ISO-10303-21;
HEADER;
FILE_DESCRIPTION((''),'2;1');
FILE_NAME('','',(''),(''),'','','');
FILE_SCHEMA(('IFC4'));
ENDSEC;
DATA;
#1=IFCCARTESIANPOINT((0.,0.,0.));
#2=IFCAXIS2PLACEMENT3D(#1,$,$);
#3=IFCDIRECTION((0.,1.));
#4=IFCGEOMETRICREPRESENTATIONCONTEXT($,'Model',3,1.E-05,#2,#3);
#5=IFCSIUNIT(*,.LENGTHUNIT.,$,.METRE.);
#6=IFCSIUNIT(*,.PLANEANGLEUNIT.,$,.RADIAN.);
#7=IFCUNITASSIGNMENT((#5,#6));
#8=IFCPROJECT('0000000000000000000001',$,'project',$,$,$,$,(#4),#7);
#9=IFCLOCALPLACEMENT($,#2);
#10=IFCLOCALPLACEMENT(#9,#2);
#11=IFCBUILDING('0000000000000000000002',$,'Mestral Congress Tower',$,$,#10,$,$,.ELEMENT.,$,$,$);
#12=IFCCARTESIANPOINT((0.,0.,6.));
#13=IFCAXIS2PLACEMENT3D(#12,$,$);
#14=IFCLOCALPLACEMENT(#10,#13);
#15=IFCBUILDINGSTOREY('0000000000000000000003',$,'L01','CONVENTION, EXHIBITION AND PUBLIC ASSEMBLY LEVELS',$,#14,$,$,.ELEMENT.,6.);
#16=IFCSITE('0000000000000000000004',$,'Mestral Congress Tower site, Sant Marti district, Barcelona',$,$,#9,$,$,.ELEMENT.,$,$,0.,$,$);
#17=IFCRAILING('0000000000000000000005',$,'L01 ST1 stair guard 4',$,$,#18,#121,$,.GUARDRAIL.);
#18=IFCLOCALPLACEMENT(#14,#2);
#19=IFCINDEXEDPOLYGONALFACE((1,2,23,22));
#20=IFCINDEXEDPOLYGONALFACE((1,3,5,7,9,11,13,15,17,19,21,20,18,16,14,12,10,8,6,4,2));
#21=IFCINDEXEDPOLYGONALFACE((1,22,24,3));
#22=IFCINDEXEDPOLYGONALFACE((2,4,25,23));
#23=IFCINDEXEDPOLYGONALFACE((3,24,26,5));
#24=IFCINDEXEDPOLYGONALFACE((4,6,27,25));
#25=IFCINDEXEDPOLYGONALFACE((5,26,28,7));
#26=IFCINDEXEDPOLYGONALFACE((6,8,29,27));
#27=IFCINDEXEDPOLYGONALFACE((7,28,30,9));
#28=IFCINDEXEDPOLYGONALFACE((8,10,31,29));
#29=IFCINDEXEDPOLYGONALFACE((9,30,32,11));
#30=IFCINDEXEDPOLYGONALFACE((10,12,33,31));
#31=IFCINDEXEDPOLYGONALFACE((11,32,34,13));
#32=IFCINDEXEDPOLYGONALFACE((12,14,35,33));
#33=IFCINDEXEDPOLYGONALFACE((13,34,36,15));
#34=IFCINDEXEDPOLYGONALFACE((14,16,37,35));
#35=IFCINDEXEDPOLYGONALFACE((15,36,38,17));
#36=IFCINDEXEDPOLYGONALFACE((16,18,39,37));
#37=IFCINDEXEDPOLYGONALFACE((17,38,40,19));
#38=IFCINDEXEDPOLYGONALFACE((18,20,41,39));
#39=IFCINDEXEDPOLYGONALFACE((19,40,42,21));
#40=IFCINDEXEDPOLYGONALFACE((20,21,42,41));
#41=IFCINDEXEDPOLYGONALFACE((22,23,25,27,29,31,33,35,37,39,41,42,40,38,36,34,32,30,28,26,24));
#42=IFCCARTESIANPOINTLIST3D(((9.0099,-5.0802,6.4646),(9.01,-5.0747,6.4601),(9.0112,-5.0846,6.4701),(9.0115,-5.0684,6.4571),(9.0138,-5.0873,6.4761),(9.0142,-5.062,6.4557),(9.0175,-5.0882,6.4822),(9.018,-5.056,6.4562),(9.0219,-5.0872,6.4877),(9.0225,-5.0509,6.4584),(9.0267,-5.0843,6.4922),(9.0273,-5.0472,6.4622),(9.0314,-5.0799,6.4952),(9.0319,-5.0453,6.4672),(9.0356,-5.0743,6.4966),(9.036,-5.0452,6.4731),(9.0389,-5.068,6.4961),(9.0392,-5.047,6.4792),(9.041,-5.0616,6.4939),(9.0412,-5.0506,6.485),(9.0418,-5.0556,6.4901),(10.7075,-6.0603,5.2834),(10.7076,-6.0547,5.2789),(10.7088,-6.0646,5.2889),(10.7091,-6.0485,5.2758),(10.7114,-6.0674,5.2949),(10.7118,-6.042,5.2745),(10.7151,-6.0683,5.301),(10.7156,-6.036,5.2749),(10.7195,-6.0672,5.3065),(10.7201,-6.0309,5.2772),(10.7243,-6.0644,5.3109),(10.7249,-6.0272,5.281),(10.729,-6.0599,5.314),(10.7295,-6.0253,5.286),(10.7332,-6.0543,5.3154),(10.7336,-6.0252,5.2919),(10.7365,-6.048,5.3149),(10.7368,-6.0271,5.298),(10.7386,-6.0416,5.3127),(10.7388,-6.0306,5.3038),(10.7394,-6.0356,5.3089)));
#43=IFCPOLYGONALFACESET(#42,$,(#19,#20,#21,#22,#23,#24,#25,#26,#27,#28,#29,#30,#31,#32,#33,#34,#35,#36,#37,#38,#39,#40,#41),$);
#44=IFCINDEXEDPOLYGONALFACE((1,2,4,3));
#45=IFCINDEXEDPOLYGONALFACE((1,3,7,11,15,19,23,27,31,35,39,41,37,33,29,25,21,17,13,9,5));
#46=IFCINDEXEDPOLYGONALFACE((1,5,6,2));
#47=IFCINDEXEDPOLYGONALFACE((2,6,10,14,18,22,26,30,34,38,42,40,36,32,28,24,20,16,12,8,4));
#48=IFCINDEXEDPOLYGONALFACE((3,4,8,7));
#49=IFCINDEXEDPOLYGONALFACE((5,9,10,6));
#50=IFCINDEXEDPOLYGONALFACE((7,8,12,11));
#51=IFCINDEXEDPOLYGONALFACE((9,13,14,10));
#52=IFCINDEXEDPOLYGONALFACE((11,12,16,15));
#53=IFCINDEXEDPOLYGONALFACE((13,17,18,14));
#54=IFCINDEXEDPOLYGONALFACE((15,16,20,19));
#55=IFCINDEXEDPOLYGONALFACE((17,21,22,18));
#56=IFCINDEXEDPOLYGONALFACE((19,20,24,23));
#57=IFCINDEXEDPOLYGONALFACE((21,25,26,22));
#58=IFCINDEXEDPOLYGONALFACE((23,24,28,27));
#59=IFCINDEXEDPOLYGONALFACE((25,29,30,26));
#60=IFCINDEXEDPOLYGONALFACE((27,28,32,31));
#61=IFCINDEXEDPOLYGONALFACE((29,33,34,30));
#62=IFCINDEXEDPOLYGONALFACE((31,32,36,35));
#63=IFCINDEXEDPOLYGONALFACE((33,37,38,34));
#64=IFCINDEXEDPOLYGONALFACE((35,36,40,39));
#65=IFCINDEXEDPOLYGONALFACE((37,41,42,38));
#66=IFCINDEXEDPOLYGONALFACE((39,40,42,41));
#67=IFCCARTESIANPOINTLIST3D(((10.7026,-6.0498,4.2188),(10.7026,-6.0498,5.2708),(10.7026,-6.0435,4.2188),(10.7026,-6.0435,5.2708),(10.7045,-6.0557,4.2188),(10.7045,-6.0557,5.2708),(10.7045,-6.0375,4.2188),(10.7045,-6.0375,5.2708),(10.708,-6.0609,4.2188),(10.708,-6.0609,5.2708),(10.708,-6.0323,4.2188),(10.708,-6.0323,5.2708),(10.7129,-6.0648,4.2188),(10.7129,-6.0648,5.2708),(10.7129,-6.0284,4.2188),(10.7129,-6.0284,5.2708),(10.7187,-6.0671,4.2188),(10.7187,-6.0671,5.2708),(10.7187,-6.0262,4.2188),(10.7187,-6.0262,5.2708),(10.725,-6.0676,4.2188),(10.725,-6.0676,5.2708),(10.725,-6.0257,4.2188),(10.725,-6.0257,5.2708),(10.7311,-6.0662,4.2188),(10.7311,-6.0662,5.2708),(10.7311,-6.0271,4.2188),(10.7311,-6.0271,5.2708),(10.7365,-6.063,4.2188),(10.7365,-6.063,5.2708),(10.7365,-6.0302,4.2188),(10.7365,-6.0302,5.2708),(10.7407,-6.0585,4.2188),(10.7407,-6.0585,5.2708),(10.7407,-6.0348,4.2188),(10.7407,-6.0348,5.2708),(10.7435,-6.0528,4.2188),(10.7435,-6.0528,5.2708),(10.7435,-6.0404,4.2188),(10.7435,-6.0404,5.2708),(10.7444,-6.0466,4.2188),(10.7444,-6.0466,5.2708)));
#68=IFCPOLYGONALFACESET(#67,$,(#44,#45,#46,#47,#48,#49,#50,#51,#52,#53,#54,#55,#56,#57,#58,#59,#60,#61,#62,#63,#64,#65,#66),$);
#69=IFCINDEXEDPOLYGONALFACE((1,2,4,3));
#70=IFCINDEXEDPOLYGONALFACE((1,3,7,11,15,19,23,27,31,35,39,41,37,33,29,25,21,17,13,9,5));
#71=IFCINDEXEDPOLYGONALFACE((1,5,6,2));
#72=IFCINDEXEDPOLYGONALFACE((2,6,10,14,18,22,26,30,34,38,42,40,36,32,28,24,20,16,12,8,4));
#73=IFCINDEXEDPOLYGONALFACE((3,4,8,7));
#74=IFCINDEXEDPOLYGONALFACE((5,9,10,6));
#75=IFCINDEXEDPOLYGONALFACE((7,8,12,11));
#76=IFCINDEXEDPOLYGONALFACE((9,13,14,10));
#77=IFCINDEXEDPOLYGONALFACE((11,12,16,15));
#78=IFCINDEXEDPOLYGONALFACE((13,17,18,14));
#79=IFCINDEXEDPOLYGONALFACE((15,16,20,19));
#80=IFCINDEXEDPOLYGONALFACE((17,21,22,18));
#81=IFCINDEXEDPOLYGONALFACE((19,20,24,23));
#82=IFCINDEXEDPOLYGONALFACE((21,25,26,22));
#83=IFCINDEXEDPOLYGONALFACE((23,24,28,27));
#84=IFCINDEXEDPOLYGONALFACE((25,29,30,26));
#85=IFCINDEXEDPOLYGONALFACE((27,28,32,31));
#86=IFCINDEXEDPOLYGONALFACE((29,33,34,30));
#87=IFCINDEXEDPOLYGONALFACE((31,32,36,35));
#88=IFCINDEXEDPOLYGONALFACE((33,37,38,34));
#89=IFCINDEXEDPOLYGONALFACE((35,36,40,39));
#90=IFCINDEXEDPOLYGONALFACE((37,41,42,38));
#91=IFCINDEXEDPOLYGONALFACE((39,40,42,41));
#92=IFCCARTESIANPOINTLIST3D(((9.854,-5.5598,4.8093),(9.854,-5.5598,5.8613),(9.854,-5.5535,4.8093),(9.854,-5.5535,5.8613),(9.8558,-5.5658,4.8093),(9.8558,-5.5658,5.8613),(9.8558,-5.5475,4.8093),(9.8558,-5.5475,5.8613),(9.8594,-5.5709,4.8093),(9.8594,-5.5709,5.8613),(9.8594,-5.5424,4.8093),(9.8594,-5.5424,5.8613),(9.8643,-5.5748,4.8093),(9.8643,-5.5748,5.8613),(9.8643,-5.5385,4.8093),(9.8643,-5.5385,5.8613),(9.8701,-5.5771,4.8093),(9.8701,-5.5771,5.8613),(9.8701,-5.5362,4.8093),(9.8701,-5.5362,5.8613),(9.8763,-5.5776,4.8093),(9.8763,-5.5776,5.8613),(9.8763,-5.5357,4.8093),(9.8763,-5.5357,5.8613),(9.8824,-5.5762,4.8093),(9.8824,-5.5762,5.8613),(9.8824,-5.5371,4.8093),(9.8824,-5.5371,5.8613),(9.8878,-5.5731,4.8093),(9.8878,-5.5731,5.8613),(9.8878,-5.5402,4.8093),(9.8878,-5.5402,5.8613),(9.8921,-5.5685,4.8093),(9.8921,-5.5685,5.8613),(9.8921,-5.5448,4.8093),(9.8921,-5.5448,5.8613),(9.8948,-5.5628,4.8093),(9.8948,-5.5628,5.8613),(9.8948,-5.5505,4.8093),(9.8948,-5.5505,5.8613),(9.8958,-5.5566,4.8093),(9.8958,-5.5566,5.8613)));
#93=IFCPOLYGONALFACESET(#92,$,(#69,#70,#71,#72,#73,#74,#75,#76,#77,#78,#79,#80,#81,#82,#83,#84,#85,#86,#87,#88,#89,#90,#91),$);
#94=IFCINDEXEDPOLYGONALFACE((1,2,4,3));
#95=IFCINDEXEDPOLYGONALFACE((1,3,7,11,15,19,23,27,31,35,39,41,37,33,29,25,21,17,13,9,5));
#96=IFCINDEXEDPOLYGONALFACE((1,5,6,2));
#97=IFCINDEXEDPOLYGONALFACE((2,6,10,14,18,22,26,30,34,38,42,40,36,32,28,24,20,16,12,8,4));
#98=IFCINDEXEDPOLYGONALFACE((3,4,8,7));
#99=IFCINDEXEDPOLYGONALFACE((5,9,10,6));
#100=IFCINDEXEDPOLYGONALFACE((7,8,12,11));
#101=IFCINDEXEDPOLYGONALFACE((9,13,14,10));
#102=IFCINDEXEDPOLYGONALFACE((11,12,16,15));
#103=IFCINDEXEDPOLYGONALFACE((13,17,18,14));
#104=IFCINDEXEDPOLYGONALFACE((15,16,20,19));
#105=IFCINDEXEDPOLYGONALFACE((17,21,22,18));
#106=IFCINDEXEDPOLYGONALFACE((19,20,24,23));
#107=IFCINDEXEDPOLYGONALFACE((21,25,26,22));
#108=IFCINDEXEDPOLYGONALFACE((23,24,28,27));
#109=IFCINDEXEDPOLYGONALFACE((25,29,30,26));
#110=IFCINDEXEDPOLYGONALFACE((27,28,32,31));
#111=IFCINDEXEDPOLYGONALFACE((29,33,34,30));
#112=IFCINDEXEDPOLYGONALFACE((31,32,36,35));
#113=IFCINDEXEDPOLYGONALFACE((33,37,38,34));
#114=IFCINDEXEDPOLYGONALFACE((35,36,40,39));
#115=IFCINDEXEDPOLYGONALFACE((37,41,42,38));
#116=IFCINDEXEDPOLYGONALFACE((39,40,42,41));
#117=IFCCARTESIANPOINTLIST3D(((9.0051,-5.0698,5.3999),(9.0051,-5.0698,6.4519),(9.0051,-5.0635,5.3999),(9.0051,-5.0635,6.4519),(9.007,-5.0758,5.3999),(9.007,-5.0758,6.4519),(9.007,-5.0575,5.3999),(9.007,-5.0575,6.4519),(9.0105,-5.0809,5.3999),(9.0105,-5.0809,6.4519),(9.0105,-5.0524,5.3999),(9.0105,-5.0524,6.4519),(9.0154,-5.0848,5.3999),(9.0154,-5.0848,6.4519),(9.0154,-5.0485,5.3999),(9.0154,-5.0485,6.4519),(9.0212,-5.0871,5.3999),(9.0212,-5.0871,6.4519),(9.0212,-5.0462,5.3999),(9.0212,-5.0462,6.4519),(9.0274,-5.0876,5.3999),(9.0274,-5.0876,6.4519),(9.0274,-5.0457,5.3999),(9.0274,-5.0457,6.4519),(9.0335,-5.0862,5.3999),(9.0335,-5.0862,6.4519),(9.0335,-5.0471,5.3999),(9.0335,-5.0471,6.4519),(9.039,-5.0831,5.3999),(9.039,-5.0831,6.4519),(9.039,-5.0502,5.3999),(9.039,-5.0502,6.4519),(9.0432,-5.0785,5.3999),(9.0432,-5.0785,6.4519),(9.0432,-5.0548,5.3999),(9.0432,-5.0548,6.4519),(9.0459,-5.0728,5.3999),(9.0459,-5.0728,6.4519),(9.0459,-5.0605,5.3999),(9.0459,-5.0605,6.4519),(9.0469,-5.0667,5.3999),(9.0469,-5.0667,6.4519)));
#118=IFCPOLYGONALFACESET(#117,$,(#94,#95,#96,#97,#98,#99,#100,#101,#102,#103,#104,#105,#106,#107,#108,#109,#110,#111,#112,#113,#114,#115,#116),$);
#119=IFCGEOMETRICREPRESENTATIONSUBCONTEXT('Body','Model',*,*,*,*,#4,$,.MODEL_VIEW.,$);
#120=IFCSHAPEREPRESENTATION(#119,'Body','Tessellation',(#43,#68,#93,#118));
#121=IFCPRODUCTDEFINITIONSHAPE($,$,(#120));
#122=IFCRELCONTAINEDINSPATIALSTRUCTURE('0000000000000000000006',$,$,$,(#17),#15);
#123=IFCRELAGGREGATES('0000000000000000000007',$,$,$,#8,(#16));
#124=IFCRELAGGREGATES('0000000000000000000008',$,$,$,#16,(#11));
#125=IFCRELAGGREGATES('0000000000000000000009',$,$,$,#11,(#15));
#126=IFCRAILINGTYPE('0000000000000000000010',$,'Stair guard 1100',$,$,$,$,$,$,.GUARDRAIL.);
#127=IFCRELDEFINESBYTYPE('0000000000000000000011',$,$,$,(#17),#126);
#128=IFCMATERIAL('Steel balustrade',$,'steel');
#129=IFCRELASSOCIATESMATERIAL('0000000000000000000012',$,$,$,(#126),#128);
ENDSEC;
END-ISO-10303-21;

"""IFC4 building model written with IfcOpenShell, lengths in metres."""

from ifc_helpers import new_model, si_unit, direction, frame, origin, origin_2d, place, context, subcontext, project, spatial, circle, extrude, material, type_object, element, save


model = new_model("IFC4")

# Units and contexts
model_context = context("Model", 3, precision=1e-05, world=origin(), true_north=direction((0.0, 1.0)))
body_context = subcontext(model_context, "Body", "Model", "MODEL_VIEW")
ifc_project = project(units=[si_unit("LENGTHUNIT", "METRE"), si_unit("PLANEANGLEUNIT", "RADIAN")], contexts=[model_context])

# Site, building, storey
site_placement = place(None, origin())
site = spatial("IfcSite", under=ifc_project, at=site_placement, Name="Mestral Congress Tower site, Sant Marti district, Barcelona", CompositionType="ELEMENT", RefElevation=0.0)
building_placement = place(site_placement, origin())
building = spatial("IfcBuilding", under=site, at=building_placement, Name="Mestral Congress Tower", CompositionType="ELEMENT")
storey_placement = place(building_placement, frame((0.0, 0.0, 6.0)))
storey = spatial("IfcBuildingStorey", under=building, at=storey_placement, Name="L01", Description="CONVENTION, EXHIBITION AND PUBLIC ASSEMBLY LEVELS", CompositionType="ELEMENT", Elevation=6.0)

# Railing
ifc_material_1 = material(Name="Steel balustrade", Category="steel")
railing_type_1 = type_object("IfcRailingType", Name="Stair guard 1100", PredefinedType="GUARDRAIL", material=ifc_material_1)
railing_1_placement = place(storey_placement, frame((10.7234, -6.0466, 4.2188)))
element("IfcRailing", 1, at=railing_1_placement, inside=storey, type_object=railing_type_1, Name="L01 ST1 stair guard 4", PredefinedType="GUARDRAIL", context=body_context, shape_type="SweptSolid", body=[
    extrude(circle(Radius=0.0239, at=origin_2d()), frame((0.0, 0.0, 1.0762), z_axis=(-0.741771, 0.428228, 0.516135), x_axis=(-0.49997, -0.866042, 0.0)), (0.0, 0.0, 1.0), 2.2886),
    extrude(circle(Radius=0.021, at=origin_2d()), origin(), (0.0, 0.0, 1.0), 1.052),
    extrude(circle(Radius=0.021, at=origin_2d()), frame((-0.8486, 0.49, 0.5906)), (0.0, 0.0, 1.0), 1.052),
    extrude(circle(Radius=0.021, at=origin_2d()), frame((-1.6975, 0.98, 1.1812)), (0.0, 0.0, 1.0), 1.052),
])

save(model, "model.ifc")
